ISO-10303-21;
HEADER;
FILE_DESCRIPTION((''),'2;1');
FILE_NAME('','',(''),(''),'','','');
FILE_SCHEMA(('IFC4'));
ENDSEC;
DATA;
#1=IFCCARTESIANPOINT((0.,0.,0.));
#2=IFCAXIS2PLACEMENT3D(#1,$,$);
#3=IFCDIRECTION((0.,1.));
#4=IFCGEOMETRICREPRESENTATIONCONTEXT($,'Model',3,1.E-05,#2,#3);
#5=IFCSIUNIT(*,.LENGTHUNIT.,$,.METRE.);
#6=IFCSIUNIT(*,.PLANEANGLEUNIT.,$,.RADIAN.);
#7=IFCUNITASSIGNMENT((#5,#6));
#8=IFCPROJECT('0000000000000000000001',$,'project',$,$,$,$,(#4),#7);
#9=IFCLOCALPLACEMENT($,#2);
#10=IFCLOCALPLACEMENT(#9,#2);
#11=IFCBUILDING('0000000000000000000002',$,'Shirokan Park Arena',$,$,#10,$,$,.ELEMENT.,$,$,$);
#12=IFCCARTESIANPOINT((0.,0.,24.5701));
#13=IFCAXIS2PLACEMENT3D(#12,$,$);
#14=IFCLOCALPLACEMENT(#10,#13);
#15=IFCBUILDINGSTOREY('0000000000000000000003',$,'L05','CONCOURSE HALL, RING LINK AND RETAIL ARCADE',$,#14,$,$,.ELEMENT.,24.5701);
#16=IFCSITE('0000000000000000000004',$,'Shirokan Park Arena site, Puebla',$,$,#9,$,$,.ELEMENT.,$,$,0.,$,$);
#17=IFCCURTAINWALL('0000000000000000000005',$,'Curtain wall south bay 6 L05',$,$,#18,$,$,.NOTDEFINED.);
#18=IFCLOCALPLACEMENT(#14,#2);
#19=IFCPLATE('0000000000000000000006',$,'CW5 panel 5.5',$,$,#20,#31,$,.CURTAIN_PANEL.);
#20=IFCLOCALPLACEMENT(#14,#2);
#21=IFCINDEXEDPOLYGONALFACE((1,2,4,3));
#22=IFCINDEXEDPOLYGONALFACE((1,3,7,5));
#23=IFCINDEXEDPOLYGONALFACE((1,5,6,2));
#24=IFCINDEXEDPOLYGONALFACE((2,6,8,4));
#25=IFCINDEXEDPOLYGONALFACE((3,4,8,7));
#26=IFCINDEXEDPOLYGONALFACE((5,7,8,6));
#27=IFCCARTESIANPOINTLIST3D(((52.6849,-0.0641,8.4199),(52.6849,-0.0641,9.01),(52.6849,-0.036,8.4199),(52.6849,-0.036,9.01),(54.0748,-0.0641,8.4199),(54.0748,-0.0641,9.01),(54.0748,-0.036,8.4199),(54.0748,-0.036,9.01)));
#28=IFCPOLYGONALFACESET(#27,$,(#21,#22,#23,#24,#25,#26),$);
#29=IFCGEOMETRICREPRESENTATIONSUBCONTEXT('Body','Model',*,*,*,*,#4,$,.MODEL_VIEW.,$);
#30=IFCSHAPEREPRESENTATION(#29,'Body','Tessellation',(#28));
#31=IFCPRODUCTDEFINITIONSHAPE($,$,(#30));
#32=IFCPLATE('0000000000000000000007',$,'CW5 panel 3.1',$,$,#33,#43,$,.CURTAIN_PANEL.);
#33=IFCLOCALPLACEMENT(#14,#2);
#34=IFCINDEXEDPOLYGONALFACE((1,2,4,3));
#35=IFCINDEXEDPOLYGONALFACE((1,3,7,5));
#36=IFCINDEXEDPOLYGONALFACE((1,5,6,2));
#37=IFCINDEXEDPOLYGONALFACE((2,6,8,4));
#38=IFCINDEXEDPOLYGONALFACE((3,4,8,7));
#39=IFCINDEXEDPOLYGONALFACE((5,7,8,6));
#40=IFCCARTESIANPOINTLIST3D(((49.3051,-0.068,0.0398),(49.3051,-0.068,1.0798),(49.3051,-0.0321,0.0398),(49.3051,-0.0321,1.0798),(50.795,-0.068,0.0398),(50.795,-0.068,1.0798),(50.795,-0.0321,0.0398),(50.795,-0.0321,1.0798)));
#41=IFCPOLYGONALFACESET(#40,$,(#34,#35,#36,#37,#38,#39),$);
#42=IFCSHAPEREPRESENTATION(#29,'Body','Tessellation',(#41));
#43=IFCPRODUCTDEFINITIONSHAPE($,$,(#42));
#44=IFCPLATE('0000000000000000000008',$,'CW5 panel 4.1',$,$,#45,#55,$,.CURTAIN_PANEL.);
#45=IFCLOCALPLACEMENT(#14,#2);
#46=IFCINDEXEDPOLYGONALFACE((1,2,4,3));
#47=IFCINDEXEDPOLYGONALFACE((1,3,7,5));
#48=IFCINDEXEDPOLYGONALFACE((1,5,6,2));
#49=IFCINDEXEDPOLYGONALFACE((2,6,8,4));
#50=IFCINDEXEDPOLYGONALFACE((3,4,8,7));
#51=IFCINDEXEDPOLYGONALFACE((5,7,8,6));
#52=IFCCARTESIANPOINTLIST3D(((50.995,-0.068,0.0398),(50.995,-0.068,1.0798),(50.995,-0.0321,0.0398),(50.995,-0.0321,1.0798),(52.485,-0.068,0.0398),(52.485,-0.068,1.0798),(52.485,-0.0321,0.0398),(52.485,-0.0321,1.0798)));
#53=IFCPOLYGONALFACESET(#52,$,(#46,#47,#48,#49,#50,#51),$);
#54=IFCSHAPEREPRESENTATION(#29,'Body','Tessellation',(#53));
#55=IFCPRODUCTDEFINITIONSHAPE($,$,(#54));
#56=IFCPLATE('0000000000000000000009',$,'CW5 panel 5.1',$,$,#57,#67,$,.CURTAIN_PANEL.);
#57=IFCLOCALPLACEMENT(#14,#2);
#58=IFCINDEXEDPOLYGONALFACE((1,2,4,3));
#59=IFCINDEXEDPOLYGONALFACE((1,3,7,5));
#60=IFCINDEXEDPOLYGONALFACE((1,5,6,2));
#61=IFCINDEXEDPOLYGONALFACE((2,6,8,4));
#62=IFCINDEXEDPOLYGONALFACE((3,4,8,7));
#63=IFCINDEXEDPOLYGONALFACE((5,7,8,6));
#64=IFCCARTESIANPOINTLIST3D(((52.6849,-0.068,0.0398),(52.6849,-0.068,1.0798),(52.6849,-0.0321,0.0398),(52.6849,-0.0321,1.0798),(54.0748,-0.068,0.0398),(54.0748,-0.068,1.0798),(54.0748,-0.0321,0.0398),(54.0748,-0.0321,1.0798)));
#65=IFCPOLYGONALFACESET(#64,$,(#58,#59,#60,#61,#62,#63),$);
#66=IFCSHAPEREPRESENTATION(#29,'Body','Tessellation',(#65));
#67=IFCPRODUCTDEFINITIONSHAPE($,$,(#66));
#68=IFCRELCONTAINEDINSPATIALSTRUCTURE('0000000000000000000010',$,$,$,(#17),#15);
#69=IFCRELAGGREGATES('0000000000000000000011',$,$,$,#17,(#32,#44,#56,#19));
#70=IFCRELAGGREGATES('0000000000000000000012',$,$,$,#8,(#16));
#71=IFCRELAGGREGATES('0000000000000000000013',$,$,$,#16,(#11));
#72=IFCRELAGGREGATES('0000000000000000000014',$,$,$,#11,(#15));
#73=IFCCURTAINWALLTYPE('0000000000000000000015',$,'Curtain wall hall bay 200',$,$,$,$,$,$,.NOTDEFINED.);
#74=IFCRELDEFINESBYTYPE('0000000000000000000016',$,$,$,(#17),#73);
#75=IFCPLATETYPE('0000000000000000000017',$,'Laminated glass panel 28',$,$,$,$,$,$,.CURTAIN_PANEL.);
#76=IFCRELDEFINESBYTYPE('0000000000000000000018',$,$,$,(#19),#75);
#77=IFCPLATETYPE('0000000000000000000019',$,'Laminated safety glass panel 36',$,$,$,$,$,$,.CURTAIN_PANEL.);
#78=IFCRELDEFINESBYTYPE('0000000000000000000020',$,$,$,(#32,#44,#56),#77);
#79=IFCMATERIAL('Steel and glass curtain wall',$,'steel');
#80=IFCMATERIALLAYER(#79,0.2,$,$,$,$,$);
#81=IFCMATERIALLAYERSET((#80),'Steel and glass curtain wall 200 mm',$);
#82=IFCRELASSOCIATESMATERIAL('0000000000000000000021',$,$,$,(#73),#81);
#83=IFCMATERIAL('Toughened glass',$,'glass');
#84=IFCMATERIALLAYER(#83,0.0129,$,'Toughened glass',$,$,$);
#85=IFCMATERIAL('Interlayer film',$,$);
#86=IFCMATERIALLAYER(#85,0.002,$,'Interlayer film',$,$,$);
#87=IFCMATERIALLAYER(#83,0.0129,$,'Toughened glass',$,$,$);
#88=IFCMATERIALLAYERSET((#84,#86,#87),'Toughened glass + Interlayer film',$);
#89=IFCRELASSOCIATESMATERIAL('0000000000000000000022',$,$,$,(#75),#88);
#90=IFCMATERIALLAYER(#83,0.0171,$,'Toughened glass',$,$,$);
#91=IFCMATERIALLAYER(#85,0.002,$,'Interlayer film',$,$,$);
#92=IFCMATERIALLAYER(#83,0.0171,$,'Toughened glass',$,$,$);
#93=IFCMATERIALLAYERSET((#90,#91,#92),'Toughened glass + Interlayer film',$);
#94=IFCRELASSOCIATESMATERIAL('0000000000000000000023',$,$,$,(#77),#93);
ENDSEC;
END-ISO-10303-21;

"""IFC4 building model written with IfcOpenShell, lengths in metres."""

from ifc_helpers import new_model, si_unit, direction, frame, origin, origin_2d, place, context, subcontext, project, spatial, rectangle, extrude, material, layer, layer_set, type_object, element, aggregate, save


model = new_model("IFC4")

# Units and contexts
model_context = context("Model", 3, precision=1e-05, world=origin(), true_north=direction((0.0, 1.0)))
body_context = subcontext(model_context, "Body", "Model", "MODEL_VIEW")
ifc_project = project(units=[si_unit("LENGTHUNIT", "METRE"), si_unit("PLANEANGLEUNIT", "RADIAN")], contexts=[model_context])

# Site, building, storey
site_placement = place(None, origin())
site = spatial("IfcSite", under=ifc_project, at=site_placement, Name="Shirokan Park Arena site, Puebla", CompositionType="ELEMENT", RefElevation=0.0)
building_placement = place(site_placement, origin())
building = spatial("IfcBuilding", under=site, at=building_placement, Name="Shirokan Park Arena", CompositionType="ELEMENT")
storey_placement = place(building_placement, frame((0.0, 0.0, 24.5701)))
storey = spatial("IfcBuildingStorey", under=building, at=storey_placement, Name="L05", Description="CONCOURSE HALL, RING LINK AND RETAIL ARCADE", CompositionType="ELEMENT", Elevation=24.5701)

# Curtain wall
ifc_material_1 = material(Name="Steel and glass curtain wall", Category="steel")
ifc_layer_1 = layer(ifc_material_1, 0.2)
ifc_layer_set_1 = layer_set([ifc_layer_1], Name="Steel and glass curtain wall 200 mm")
curtain_wall_type = type_object("IfcCurtainWallType", Name="Curtain wall hall bay 200", PredefinedType="NOTDEFINED", material=ifc_layer_set_1)
curtain_wall_placement = place(storey_placement, origin())
curtain_wall = element("IfcCurtainWall", 1, at=curtain_wall_placement, inside=storey, type_object=curtain_wall_type, Name="Curtain wall south bay 6 L05", PredefinedType="NOTDEFINED")

# Plates
ifc_material_2 = material(Name="Toughened glass", Category="glass")
ifc_layer_2 = layer(ifc_material_2, 0.0129, Name="Toughened glass")
ifc_material_3 = material(Name="Interlayer film")
ifc_layer_3 = layer(ifc_material_3, 0.002, Name="Interlayer film")
ifc_layer_4 = layer(ifc_material_2, 0.0129, Name="Toughened glass")
ifc_layer_set_2 = layer_set([ifc_layer_2, ifc_layer_3, ifc_layer_4], Name="Toughened glass + Interlayer film")
plate_type_1 = type_object("IfcPlateType", Name="Laminated glass panel 28", PredefinedType="CURTAIN_PANEL", material=ifc_layer_set_2)
plate_1_placement = place(storey_placement, frame((53.3799, -0.05, 8.4199), z_axis=(0.0, 0.0, 1.0), x_axis=(1.0, 0.0, 0.0)))
plate_1 = element("IfcPlate", 2, at=plate_1_placement, type_object=plate_type_1, Name="CW5 panel 5.5", PredefinedType="CURTAIN_PANEL", context=body_context, shape_type="SweptSolid", body=[
    extrude(rectangle(XDim=1.3899, YDim=0.0281, at=origin_2d()), origin(), (0.0, 0.0, 1.0), 0.5901),
])
ifc_layer_5 = layer(ifc_material_2, 0.0171, Name="Toughened glass")
ifc_layer_6 = layer(ifc_material_3, 0.002, Name="Interlayer film")
ifc_layer_7 = layer(ifc_material_2, 0.0171, Name="Toughened glass")
ifc_layer_set_3 = layer_set([ifc_layer_5, ifc_layer_6, ifc_layer_7], Name="Toughened glass + Interlayer film")
plate_type_2 = type_object("IfcPlateType", Name="Laminated safety glass panel 36", PredefinedType="CURTAIN_PANEL", material=ifc_layer_set_3)
plate_2_placement = place(storey_placement, frame((50.05, -0.05, 0.0398), z_axis=(0.0, 0.0, 1.0), x_axis=(1.0, 0.0, 0.0)))
plate_2 = element("IfcPlate", 3, at=plate_2_placement, type_object=plate_type_2, Name="CW5 panel 3.1", PredefinedType="CURTAIN_PANEL", context=body_context, shape_type="SweptSolid", body=[
    extrude(rectangle(XDim=1.49, YDim=0.0359, at=origin_2d()), origin(), (0.0, 0.0, 1.0), 1.04),
])
plate_3_placement = place(storey_placement, frame((51.74, -0.05, 0.0398), z_axis=(0.0, 0.0, 1.0), x_axis=(1.0, 0.0, 0.0)))
plate_3 = element("IfcPlate", 4, at=plate_3_placement, type_object=plate_type_2, Name="CW5 panel 4.1", PredefinedType="CURTAIN_PANEL", context=body_context, shape_type="SweptSolid", body=[
    extrude(rectangle(XDim=1.49, YDim=0.0359, at=origin_2d()), origin(), (0.0, 0.0, 1.0), 1.04),
])
plate_4_placement = place(storey_placement, frame((53.3799, -0.05, 0.0398), z_axis=(0.0, 0.0, 1.0), x_axis=(1.0, 0.0, 0.0)))
plate_4 = element("IfcPlate", 5, at=plate_4_placement, type_object=plate_type_2, Name="CW5 panel 5.1", PredefinedType="CURTAIN_PANEL", context=body_context, shape_type="SweptSolid", body=[
    extrude(rectangle(XDim=1.3899, YDim=0.0359, at=origin_2d()), origin(), (0.0, 0.0, 1.0), 1.04),
])
aggregate(curtain_wall, [plate_2, plate_3, plate_4, plate_1])

save(model, "model.ifc")
